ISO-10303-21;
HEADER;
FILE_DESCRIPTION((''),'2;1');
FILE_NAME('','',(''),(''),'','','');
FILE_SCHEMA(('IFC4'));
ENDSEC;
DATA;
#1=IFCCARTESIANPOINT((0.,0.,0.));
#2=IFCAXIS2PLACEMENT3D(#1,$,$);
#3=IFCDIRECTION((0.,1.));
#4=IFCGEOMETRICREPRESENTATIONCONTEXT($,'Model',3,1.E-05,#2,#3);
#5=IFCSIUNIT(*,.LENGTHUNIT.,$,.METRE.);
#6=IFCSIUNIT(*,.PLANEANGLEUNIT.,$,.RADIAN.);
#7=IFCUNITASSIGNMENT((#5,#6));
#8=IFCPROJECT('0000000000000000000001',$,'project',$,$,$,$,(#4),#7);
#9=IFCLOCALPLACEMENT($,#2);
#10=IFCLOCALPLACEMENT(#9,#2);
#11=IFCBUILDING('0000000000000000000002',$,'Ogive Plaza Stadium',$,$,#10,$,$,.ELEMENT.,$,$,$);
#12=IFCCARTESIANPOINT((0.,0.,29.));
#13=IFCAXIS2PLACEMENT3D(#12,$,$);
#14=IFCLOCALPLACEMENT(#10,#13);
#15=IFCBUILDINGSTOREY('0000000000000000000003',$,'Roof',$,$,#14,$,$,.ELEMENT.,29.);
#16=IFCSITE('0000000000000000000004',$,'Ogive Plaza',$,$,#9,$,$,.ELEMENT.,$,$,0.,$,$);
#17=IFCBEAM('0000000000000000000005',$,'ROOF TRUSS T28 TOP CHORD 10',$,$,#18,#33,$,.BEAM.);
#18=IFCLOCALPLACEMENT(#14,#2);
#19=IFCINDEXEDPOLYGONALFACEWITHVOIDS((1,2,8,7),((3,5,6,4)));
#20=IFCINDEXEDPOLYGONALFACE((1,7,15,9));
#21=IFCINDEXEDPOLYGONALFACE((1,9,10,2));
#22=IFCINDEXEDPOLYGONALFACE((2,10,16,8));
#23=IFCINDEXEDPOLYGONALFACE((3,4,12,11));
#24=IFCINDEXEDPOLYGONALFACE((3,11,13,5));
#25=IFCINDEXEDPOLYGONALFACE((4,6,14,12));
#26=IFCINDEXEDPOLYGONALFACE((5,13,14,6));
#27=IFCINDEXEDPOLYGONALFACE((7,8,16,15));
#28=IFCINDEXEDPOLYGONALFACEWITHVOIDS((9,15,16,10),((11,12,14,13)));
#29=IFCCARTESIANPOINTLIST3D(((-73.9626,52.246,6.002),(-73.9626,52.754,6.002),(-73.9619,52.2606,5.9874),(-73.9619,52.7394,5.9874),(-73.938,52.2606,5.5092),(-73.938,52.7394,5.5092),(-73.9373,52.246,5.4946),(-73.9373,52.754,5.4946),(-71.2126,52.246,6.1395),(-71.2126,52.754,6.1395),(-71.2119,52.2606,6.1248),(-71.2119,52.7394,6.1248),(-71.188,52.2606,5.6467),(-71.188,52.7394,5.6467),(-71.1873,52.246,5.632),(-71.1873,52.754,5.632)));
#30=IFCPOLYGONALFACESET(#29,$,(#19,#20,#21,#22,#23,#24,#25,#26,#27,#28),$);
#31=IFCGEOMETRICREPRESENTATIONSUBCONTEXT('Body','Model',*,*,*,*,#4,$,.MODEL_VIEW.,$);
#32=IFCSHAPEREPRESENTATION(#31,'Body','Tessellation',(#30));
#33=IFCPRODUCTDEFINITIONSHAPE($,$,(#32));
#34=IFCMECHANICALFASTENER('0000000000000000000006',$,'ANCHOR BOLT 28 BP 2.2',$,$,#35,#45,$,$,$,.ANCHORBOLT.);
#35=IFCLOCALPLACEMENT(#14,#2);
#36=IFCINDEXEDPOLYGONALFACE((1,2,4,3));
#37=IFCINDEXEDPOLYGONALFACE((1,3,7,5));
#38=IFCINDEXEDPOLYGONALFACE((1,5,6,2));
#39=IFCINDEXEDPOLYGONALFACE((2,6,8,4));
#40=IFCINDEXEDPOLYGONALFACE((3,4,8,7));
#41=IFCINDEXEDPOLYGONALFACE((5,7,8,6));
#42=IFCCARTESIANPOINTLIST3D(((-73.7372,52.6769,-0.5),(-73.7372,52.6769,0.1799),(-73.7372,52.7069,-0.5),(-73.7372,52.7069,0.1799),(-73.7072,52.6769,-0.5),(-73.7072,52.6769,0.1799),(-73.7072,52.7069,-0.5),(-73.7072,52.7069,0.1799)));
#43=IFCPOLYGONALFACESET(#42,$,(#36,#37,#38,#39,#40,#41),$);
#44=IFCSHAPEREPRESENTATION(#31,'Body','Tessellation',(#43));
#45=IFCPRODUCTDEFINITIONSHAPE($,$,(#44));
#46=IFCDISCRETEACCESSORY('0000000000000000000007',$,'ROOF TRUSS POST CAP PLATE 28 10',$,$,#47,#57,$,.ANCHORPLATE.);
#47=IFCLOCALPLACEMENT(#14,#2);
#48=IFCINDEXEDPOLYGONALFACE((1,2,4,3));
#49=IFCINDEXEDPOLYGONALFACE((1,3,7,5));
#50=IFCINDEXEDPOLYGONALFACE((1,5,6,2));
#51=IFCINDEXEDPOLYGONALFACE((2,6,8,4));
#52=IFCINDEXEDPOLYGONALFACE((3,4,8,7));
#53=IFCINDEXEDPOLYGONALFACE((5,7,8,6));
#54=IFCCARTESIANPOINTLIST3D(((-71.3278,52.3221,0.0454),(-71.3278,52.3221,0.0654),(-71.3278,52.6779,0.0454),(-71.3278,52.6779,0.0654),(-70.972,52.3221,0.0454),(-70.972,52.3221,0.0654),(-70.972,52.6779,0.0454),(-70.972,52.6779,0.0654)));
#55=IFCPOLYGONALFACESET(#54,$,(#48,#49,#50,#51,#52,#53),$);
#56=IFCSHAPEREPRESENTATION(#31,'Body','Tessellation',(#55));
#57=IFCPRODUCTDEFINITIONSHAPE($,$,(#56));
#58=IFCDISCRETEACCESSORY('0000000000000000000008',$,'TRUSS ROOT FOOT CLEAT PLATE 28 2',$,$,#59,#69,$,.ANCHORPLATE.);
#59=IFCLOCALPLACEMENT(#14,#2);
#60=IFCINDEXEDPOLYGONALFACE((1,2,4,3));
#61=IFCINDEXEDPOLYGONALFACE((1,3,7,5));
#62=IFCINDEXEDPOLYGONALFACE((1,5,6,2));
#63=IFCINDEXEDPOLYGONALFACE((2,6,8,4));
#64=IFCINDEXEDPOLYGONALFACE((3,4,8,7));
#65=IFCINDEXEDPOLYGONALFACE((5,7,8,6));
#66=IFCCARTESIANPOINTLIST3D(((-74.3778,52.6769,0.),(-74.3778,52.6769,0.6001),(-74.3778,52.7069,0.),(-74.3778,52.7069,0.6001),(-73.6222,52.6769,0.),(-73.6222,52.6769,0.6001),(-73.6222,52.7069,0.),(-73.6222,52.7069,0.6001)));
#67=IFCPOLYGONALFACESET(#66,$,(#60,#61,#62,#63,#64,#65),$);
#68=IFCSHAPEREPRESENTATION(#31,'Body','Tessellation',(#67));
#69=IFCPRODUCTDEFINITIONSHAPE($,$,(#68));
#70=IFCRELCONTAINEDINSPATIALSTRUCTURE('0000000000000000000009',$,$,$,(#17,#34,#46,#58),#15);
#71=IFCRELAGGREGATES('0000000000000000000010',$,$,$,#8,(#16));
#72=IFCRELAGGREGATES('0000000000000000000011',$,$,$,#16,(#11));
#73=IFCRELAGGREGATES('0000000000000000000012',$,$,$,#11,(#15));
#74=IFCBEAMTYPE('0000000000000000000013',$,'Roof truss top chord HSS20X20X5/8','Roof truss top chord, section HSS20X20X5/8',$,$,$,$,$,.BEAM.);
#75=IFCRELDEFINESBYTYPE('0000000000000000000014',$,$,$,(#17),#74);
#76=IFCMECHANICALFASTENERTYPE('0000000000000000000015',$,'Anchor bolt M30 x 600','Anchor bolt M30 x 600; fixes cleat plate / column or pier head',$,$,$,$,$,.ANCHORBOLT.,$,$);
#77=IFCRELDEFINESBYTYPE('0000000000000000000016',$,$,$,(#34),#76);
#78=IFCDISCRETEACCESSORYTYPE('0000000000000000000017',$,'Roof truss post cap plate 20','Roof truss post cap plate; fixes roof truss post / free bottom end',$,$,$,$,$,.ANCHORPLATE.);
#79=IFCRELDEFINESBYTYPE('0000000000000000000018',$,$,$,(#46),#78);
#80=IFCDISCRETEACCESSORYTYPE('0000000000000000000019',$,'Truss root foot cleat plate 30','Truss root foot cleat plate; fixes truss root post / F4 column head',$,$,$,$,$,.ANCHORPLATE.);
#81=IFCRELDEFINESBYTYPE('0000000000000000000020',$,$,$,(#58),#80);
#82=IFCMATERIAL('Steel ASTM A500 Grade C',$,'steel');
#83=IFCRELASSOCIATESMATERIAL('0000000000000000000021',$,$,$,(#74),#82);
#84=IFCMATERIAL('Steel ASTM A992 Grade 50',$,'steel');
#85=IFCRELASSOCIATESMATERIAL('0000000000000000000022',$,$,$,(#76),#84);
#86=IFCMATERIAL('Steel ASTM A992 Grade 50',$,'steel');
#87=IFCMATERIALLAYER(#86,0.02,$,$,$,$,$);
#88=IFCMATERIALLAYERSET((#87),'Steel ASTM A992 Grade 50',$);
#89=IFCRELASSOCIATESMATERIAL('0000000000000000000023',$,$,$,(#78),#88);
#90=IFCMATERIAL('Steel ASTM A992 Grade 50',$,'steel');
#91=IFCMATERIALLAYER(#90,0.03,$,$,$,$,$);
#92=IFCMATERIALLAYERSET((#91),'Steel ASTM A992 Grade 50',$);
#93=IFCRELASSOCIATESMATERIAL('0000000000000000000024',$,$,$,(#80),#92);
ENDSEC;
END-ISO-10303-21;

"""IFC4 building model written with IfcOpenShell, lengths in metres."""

from ifc_helpers import new_model, si_unit, direction, frame, origin, origin_2d, place, context, subcontext, project, spatial, rectangle, hollow_rectangle, extrude, material, layer, layer_set, material_profile, profile_set, type_object, element, save


model = new_model("IFC4")

# Units and contexts
model_context = context("Model", 3, precision=1e-05, world=origin(), true_north=direction((0.0, 1.0)))
body_context = subcontext(model_context, "Body", "Model", "MODEL_VIEW")
ifc_project = project(units=[si_unit("LENGTHUNIT", "METRE"), si_unit("PLANEANGLEUNIT", "RADIAN")], contexts=[model_context])

# Site, building, storey
site_placement = place(None, origin())
site = spatial("IfcSite", under=ifc_project, at=site_placement, Name="Ogive Plaza", CompositionType="ELEMENT", RefElevation=0.0)
building_placement = place(site_placement, origin())
building = spatial("IfcBuilding", under=site, at=building_placement, Name="Ogive Plaza Stadium", CompositionType="ELEMENT")
storey_placement = place(building_placement, frame((0.0, 0.0, 29.0)))
storey = spatial("IfcBuildingStorey", under=building, at=storey_placement, Name="Roof", CompositionType="ELEMENT", Elevation=29.0)

# Beam
ifc_material_1 = material(Name="Steel ASTM A500 Grade C", Category="steel")
ifc_material_profile_1 = material_profile(ifc_material_1, hollow_rectangle(XDim=0.5081, YDim=0.5081, WallThickness=0.0146, at=origin_2d()), Name="HSS20X20X5/8")
ifc_profile_set_1 = profile_set([ifc_material_profile_1], Name="Steel ASTM A500 Grade C")
beam_type_1 = type_object("IfcBeamType", Name="Roof truss top chord HSS20X20X5/8", Description="Roof truss top chord, section HSS20X20X5/8", PredefinedType="BEAM", material=ifc_profile_set_1)
beam_1_placement = place(storey_placement, frame((-71.2, 52.5, 5.8857), z_axis=(-0.998753, 0.0, -0.04992), x_axis=(0.0, -1.0, 0.0)))
element("IfcBeam", 1, at=beam_1_placement, inside=storey, type_object=beam_type_1, Name="ROOF TRUSS T28 TOP CHORD 10", PredefinedType="BEAM", context=body_context, shape_type="SweptSolid", body=[
    extrude(hollow_rectangle(XDim=0.5081, YDim=0.5081, WallThickness=0.0146, at=origin_2d()), origin(), (0.0, 0.0, 1.0), 2.7534),
])

# Mechanical fastener
ifc_material_2 = material(Name="Steel ASTM A992 Grade 50", Category="steel")
mechanical_fastener_type = type_object("IfcMechanicalFastenerType", Name="Anchor bolt M30 x 600", Description="Anchor bolt M30 x 600; fixes cleat plate / column or pier head", PredefinedType="ANCHORBOLT", material=ifc_material_2)
mechanical_fastener_placement = place(storey_placement, frame((-73.7222, 52.6919, -0.5), z_axis=(0.0, 0.0, 1.0), x_axis=(-1.0, 0.0, 0.0)))
element("IfcMechanicalFastener", 2, at=mechanical_fastener_placement, inside=storey, type_object=mechanical_fastener_type, Name="ANCHOR BOLT 28 BP 2.2", PredefinedType="ANCHORBOLT", context=body_context, shape_type="SweptSolid", body=[
    extrude(rectangle(XDim=0.03, YDim=0.03, at=origin_2d()), origin(), (0.0, 0.0, 1.0), 0.6799),
])

# Discrete accessories
ifc_material_3 = material(Name="Steel ASTM A992 Grade 50", Category="steel")
ifc_layer_1 = layer(ifc_material_3, 0.02)
ifc_layer_set_1 = layer_set([ifc_layer_1], Name="Steel ASTM A992 Grade 50")
discrete_accessory_type_1 = type_object("IfcDiscreteAccessoryType", Name="Roof truss post cap plate 20", Description="Roof truss post cap plate; fixes roof truss post / free bottom end", PredefinedType="ANCHORPLATE", material=ifc_layer_set_1)
discrete_accessory_1_placement = place(storey_placement, frame((-71.1499, 52.5, 0.0454), z_axis=(0.0, 0.0, 1.0), x_axis=(-1.0, 0.0, 0.0)))
element("IfcDiscreteAccessory", 3, at=discrete_accessory_1_placement, inside=storey, type_object=discrete_accessory_type_1, Name="ROOF TRUSS POST CAP PLATE 28 10", PredefinedType="ANCHORPLATE", context=body_context, shape_type="SweptSolid", body=[
    extrude(rectangle(XDim=0.3557, YDim=0.3557, at=origin_2d()), origin(), (0.0, 0.0, 1.0), 0.02),
])
ifc_material_4 = material(Name="Steel ASTM A992 Grade 50", Category="steel")
ifc_layer_2 = layer(ifc_material_4, 0.03)
ifc_layer_set_2 = layer_set([ifc_layer_2], Name="Steel ASTM A992 Grade 50")
discrete_accessory_type_2 = type_object("IfcDiscreteAccessoryType", Name="Truss root foot cleat plate 30", Description="Truss root foot cleat plate; fixes truss root post / F4 column head", PredefinedType="ANCHORPLATE", material=ifc_layer_set_2)
discrete_accessory_2_placement = place(storey_placement, frame((-74.0, 52.6919, 0.0), z_axis=(0.0, 0.0, 1.0), x_axis=(-1.0, 0.0, 0.0)))
element("IfcDiscreteAccessory", 4, at=discrete_accessory_2_placement, inside=storey, type_object=discrete_accessory_type_2, Name="TRUSS ROOT FOOT CLEAT PLATE 28 2", PredefinedType="ANCHORPLATE", context=body_context, shape_type="SweptSolid", body=[
    extrude(rectangle(XDim=0.7556, YDim=0.03, at=origin_2d()), origin(), (0.0, 0.0, 1.0), 0.6001),
])

save(model, "model.ifc")
